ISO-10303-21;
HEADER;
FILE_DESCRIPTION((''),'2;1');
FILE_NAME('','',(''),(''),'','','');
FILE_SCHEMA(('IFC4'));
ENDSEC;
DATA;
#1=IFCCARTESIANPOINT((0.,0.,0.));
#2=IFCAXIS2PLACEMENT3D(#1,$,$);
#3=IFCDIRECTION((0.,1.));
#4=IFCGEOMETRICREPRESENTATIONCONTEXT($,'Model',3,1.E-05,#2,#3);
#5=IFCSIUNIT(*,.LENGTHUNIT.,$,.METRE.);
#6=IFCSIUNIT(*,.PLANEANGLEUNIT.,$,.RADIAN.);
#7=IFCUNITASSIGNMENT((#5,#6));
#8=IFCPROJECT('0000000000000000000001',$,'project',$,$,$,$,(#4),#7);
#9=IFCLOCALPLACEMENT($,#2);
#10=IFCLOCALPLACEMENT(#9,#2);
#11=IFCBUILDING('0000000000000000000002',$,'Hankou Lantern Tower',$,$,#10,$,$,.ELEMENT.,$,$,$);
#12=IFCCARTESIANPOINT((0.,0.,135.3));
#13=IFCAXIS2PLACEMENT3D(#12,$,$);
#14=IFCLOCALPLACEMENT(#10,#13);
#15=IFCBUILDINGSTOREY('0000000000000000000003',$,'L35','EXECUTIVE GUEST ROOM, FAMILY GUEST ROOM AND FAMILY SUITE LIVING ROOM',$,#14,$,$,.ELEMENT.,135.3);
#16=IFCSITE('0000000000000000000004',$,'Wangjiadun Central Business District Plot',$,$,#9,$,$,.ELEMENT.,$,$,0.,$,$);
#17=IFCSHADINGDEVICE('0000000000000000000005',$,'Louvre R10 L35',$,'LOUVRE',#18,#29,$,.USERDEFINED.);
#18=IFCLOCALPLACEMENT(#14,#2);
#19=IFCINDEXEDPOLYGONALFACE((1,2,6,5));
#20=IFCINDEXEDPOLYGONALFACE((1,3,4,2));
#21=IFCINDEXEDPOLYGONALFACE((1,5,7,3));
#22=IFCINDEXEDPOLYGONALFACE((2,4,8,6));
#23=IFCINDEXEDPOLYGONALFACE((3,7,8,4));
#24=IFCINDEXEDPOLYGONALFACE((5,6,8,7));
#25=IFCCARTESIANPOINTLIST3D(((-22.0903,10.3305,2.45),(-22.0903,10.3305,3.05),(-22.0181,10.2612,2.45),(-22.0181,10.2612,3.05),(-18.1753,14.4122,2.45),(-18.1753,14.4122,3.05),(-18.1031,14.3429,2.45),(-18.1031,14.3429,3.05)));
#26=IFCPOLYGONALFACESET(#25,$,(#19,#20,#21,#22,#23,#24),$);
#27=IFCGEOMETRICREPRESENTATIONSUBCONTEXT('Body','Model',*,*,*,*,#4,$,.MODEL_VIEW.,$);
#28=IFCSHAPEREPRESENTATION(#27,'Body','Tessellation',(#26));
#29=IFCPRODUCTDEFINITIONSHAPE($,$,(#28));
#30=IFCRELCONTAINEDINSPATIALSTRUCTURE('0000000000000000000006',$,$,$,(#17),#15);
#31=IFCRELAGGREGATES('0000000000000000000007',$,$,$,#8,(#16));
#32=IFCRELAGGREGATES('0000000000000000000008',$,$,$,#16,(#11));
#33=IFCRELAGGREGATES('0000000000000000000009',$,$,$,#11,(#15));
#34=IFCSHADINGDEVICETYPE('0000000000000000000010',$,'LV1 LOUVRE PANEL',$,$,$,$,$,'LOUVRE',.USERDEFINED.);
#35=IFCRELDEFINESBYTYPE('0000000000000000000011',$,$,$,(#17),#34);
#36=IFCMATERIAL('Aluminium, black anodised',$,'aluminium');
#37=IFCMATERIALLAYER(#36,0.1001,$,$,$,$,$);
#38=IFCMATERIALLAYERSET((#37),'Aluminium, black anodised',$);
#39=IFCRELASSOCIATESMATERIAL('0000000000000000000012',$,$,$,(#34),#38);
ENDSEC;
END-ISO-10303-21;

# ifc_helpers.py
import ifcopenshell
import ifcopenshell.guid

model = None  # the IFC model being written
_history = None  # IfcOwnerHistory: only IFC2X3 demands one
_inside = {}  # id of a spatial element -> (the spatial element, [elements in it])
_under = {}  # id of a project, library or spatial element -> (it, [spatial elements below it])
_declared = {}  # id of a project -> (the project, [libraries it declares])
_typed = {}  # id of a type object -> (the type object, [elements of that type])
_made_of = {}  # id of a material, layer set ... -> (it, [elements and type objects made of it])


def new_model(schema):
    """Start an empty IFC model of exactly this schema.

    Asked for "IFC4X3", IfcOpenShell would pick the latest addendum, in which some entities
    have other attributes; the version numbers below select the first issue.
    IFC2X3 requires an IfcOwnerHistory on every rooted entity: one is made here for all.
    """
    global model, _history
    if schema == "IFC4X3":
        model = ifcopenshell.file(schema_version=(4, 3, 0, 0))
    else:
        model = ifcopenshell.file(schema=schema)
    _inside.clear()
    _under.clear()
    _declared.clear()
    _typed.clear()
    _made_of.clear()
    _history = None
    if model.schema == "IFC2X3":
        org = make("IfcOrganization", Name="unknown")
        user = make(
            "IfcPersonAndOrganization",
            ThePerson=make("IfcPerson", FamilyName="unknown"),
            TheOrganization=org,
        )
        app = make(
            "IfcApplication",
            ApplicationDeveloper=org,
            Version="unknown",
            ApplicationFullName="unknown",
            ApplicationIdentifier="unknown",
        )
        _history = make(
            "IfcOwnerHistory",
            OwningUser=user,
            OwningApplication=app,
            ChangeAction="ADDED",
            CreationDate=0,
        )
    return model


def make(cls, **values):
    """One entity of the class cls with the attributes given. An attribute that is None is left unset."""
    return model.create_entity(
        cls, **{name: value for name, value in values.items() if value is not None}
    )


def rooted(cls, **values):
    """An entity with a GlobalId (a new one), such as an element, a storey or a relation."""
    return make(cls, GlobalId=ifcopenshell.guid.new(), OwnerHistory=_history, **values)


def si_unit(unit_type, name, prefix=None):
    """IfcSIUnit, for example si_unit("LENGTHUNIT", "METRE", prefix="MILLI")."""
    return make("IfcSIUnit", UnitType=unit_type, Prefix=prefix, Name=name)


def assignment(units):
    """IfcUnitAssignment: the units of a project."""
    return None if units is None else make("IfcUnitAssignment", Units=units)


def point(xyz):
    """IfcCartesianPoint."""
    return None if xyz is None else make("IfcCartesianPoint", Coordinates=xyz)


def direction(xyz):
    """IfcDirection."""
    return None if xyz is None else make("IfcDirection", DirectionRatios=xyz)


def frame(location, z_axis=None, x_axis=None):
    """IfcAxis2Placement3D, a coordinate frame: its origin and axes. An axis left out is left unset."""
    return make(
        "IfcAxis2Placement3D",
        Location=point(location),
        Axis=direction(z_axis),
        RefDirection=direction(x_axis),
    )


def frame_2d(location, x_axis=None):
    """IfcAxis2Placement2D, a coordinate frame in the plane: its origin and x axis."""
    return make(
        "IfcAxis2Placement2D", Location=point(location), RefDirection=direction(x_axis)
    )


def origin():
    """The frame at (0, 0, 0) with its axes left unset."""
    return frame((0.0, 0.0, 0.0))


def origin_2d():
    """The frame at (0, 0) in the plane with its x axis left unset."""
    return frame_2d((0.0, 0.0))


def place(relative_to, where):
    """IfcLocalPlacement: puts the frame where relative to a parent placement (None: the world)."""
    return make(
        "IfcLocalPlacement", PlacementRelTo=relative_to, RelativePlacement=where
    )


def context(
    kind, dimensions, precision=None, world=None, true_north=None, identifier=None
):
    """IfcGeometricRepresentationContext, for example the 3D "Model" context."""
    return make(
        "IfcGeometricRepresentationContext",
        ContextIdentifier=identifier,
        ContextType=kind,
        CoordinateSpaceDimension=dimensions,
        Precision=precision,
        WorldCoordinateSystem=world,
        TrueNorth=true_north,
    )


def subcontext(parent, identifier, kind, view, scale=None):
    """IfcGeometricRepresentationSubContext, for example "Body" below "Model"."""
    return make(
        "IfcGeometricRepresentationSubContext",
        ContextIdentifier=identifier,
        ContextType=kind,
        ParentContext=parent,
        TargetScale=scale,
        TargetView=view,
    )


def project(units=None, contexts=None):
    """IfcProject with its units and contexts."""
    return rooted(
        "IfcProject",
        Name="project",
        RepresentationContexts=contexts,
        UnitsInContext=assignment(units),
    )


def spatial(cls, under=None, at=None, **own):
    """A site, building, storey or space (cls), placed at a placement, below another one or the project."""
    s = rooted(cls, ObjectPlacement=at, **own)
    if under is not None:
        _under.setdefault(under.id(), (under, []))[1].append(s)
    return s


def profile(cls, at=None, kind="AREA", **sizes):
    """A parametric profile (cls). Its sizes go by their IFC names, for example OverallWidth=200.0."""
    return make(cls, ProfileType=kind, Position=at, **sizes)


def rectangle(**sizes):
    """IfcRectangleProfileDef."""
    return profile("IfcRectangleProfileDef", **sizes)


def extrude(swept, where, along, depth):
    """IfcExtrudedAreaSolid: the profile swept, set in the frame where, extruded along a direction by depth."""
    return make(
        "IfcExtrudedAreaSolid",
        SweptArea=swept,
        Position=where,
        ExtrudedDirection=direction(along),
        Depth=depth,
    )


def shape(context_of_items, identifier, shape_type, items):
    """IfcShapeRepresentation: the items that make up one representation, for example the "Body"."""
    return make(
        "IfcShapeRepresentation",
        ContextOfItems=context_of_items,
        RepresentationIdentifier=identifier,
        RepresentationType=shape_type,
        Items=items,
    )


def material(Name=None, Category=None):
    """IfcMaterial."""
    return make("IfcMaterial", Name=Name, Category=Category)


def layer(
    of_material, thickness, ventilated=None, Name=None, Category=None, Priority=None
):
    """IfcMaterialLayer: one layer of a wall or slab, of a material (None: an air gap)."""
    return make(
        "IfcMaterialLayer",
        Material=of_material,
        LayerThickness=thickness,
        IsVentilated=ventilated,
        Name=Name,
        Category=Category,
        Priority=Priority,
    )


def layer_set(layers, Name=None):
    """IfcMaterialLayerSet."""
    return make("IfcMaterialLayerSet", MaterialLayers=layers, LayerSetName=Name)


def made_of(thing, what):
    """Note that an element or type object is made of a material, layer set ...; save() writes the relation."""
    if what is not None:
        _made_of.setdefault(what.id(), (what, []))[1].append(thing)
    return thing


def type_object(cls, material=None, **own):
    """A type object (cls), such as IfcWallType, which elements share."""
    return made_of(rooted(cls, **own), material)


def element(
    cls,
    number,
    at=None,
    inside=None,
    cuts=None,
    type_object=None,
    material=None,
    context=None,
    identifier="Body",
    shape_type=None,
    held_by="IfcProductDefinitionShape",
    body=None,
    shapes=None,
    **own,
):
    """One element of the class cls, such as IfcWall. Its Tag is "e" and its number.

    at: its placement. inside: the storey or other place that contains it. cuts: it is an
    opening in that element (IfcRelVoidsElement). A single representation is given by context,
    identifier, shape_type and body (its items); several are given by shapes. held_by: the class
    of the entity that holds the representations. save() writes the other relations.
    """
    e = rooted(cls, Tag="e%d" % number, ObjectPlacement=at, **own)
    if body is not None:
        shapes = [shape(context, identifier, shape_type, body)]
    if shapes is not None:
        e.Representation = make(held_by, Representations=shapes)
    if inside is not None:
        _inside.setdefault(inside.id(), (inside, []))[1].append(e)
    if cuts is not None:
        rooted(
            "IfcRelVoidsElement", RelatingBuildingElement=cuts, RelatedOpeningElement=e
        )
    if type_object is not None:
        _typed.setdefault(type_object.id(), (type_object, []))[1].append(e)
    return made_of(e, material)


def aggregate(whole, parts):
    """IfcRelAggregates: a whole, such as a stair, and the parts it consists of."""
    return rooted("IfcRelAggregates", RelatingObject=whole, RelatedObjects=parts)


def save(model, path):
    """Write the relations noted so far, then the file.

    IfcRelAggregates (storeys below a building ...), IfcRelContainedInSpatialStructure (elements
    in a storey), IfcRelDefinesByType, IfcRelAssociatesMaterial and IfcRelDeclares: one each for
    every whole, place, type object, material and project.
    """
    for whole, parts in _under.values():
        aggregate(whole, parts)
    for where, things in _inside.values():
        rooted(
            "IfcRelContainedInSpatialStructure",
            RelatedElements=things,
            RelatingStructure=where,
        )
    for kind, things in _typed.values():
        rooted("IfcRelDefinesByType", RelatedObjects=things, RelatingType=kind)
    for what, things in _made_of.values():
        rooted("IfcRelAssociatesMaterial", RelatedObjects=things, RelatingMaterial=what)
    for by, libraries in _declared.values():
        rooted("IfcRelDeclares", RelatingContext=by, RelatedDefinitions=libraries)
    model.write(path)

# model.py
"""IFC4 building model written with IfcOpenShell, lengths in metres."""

from ifc_helpers import new_model, si_unit, direction, frame, origin, origin_2d, place, context, subcontext, project, spatial, rectangle, extrude, material, layer, layer_set, type_object, element, save


model = new_model("IFC4")

# Units and contexts
model_context = context("Model", 3, precision=1e-05, world=origin(), true_north=direction((0.0, 1.0)))
body_context = subcontext(model_context, "Body", "Model", "MODEL_VIEW")
ifc_project = project(units=[si_unit("LENGTHUNIT", "METRE"), si_unit("PLANEANGLEUNIT", "RADIAN")], contexts=[model_context])

# Site, building, storey
site_placement = place(None, origin())
site = spatial("IfcSite", under=ifc_project, at=site_placement, Name="Wangjiadun Central Business District Plot", CompositionType="ELEMENT", RefElevation=0.0)
building_placement = place(site_placement, origin())
building = spatial("IfcBuilding", under=site, at=building_placement, Name="Hankou Lantern Tower", CompositionType="ELEMENT")
storey_placement = place(building_placement, frame((0.0, 0.0, 135.3)))
storey = spatial("IfcBuildingStorey", under=building, at=storey_placement, Name="L35", Description="EXECUTIVE GUEST ROOM, FAMILY GUEST ROOM AND FAMILY SUITE LIVING ROOM", CompositionType="ELEMENT", Elevation=135.3)

# Shading device
ifc_material_1 = material(Name="Aluminium, black anodised", Category="aluminium")
ifc_layer_1 = layer(ifc_material_1, 0.1001)
ifc_layer_set_1 = layer_set([ifc_layer_1], Name="Aluminium, black anodised")
shading_device_type = type_object("IfcShadingDeviceType", Name="LV1 LOUVRE PANEL", ElementType="LOUVRE", PredefinedType="USERDEFINED", material=ifc_layer_set_1)
shading_device_1_placement = place(storey_placement, frame((-20.0967, 12.3367, 2.45), z_axis=(0.0, 0.0, 1.0), x_axis=(-0.692216, -0.721691, 0.0)))
element("IfcShadingDevice", 1, at=shading_device_1_placement, inside=storey, type_object=shading_device_type, Name="Louvre R10 L35", ObjectType="LOUVRE", PredefinedType="USERDEFINED", context=body_context, shape_type="SweptSolid", body=[
    extrude(rectangle(XDim=5.6558, YDim=0.1001, at=origin_2d()), origin(), (0.0, 0.0, 1.0), 0.6001),
])

save(model, "model.ifc")
